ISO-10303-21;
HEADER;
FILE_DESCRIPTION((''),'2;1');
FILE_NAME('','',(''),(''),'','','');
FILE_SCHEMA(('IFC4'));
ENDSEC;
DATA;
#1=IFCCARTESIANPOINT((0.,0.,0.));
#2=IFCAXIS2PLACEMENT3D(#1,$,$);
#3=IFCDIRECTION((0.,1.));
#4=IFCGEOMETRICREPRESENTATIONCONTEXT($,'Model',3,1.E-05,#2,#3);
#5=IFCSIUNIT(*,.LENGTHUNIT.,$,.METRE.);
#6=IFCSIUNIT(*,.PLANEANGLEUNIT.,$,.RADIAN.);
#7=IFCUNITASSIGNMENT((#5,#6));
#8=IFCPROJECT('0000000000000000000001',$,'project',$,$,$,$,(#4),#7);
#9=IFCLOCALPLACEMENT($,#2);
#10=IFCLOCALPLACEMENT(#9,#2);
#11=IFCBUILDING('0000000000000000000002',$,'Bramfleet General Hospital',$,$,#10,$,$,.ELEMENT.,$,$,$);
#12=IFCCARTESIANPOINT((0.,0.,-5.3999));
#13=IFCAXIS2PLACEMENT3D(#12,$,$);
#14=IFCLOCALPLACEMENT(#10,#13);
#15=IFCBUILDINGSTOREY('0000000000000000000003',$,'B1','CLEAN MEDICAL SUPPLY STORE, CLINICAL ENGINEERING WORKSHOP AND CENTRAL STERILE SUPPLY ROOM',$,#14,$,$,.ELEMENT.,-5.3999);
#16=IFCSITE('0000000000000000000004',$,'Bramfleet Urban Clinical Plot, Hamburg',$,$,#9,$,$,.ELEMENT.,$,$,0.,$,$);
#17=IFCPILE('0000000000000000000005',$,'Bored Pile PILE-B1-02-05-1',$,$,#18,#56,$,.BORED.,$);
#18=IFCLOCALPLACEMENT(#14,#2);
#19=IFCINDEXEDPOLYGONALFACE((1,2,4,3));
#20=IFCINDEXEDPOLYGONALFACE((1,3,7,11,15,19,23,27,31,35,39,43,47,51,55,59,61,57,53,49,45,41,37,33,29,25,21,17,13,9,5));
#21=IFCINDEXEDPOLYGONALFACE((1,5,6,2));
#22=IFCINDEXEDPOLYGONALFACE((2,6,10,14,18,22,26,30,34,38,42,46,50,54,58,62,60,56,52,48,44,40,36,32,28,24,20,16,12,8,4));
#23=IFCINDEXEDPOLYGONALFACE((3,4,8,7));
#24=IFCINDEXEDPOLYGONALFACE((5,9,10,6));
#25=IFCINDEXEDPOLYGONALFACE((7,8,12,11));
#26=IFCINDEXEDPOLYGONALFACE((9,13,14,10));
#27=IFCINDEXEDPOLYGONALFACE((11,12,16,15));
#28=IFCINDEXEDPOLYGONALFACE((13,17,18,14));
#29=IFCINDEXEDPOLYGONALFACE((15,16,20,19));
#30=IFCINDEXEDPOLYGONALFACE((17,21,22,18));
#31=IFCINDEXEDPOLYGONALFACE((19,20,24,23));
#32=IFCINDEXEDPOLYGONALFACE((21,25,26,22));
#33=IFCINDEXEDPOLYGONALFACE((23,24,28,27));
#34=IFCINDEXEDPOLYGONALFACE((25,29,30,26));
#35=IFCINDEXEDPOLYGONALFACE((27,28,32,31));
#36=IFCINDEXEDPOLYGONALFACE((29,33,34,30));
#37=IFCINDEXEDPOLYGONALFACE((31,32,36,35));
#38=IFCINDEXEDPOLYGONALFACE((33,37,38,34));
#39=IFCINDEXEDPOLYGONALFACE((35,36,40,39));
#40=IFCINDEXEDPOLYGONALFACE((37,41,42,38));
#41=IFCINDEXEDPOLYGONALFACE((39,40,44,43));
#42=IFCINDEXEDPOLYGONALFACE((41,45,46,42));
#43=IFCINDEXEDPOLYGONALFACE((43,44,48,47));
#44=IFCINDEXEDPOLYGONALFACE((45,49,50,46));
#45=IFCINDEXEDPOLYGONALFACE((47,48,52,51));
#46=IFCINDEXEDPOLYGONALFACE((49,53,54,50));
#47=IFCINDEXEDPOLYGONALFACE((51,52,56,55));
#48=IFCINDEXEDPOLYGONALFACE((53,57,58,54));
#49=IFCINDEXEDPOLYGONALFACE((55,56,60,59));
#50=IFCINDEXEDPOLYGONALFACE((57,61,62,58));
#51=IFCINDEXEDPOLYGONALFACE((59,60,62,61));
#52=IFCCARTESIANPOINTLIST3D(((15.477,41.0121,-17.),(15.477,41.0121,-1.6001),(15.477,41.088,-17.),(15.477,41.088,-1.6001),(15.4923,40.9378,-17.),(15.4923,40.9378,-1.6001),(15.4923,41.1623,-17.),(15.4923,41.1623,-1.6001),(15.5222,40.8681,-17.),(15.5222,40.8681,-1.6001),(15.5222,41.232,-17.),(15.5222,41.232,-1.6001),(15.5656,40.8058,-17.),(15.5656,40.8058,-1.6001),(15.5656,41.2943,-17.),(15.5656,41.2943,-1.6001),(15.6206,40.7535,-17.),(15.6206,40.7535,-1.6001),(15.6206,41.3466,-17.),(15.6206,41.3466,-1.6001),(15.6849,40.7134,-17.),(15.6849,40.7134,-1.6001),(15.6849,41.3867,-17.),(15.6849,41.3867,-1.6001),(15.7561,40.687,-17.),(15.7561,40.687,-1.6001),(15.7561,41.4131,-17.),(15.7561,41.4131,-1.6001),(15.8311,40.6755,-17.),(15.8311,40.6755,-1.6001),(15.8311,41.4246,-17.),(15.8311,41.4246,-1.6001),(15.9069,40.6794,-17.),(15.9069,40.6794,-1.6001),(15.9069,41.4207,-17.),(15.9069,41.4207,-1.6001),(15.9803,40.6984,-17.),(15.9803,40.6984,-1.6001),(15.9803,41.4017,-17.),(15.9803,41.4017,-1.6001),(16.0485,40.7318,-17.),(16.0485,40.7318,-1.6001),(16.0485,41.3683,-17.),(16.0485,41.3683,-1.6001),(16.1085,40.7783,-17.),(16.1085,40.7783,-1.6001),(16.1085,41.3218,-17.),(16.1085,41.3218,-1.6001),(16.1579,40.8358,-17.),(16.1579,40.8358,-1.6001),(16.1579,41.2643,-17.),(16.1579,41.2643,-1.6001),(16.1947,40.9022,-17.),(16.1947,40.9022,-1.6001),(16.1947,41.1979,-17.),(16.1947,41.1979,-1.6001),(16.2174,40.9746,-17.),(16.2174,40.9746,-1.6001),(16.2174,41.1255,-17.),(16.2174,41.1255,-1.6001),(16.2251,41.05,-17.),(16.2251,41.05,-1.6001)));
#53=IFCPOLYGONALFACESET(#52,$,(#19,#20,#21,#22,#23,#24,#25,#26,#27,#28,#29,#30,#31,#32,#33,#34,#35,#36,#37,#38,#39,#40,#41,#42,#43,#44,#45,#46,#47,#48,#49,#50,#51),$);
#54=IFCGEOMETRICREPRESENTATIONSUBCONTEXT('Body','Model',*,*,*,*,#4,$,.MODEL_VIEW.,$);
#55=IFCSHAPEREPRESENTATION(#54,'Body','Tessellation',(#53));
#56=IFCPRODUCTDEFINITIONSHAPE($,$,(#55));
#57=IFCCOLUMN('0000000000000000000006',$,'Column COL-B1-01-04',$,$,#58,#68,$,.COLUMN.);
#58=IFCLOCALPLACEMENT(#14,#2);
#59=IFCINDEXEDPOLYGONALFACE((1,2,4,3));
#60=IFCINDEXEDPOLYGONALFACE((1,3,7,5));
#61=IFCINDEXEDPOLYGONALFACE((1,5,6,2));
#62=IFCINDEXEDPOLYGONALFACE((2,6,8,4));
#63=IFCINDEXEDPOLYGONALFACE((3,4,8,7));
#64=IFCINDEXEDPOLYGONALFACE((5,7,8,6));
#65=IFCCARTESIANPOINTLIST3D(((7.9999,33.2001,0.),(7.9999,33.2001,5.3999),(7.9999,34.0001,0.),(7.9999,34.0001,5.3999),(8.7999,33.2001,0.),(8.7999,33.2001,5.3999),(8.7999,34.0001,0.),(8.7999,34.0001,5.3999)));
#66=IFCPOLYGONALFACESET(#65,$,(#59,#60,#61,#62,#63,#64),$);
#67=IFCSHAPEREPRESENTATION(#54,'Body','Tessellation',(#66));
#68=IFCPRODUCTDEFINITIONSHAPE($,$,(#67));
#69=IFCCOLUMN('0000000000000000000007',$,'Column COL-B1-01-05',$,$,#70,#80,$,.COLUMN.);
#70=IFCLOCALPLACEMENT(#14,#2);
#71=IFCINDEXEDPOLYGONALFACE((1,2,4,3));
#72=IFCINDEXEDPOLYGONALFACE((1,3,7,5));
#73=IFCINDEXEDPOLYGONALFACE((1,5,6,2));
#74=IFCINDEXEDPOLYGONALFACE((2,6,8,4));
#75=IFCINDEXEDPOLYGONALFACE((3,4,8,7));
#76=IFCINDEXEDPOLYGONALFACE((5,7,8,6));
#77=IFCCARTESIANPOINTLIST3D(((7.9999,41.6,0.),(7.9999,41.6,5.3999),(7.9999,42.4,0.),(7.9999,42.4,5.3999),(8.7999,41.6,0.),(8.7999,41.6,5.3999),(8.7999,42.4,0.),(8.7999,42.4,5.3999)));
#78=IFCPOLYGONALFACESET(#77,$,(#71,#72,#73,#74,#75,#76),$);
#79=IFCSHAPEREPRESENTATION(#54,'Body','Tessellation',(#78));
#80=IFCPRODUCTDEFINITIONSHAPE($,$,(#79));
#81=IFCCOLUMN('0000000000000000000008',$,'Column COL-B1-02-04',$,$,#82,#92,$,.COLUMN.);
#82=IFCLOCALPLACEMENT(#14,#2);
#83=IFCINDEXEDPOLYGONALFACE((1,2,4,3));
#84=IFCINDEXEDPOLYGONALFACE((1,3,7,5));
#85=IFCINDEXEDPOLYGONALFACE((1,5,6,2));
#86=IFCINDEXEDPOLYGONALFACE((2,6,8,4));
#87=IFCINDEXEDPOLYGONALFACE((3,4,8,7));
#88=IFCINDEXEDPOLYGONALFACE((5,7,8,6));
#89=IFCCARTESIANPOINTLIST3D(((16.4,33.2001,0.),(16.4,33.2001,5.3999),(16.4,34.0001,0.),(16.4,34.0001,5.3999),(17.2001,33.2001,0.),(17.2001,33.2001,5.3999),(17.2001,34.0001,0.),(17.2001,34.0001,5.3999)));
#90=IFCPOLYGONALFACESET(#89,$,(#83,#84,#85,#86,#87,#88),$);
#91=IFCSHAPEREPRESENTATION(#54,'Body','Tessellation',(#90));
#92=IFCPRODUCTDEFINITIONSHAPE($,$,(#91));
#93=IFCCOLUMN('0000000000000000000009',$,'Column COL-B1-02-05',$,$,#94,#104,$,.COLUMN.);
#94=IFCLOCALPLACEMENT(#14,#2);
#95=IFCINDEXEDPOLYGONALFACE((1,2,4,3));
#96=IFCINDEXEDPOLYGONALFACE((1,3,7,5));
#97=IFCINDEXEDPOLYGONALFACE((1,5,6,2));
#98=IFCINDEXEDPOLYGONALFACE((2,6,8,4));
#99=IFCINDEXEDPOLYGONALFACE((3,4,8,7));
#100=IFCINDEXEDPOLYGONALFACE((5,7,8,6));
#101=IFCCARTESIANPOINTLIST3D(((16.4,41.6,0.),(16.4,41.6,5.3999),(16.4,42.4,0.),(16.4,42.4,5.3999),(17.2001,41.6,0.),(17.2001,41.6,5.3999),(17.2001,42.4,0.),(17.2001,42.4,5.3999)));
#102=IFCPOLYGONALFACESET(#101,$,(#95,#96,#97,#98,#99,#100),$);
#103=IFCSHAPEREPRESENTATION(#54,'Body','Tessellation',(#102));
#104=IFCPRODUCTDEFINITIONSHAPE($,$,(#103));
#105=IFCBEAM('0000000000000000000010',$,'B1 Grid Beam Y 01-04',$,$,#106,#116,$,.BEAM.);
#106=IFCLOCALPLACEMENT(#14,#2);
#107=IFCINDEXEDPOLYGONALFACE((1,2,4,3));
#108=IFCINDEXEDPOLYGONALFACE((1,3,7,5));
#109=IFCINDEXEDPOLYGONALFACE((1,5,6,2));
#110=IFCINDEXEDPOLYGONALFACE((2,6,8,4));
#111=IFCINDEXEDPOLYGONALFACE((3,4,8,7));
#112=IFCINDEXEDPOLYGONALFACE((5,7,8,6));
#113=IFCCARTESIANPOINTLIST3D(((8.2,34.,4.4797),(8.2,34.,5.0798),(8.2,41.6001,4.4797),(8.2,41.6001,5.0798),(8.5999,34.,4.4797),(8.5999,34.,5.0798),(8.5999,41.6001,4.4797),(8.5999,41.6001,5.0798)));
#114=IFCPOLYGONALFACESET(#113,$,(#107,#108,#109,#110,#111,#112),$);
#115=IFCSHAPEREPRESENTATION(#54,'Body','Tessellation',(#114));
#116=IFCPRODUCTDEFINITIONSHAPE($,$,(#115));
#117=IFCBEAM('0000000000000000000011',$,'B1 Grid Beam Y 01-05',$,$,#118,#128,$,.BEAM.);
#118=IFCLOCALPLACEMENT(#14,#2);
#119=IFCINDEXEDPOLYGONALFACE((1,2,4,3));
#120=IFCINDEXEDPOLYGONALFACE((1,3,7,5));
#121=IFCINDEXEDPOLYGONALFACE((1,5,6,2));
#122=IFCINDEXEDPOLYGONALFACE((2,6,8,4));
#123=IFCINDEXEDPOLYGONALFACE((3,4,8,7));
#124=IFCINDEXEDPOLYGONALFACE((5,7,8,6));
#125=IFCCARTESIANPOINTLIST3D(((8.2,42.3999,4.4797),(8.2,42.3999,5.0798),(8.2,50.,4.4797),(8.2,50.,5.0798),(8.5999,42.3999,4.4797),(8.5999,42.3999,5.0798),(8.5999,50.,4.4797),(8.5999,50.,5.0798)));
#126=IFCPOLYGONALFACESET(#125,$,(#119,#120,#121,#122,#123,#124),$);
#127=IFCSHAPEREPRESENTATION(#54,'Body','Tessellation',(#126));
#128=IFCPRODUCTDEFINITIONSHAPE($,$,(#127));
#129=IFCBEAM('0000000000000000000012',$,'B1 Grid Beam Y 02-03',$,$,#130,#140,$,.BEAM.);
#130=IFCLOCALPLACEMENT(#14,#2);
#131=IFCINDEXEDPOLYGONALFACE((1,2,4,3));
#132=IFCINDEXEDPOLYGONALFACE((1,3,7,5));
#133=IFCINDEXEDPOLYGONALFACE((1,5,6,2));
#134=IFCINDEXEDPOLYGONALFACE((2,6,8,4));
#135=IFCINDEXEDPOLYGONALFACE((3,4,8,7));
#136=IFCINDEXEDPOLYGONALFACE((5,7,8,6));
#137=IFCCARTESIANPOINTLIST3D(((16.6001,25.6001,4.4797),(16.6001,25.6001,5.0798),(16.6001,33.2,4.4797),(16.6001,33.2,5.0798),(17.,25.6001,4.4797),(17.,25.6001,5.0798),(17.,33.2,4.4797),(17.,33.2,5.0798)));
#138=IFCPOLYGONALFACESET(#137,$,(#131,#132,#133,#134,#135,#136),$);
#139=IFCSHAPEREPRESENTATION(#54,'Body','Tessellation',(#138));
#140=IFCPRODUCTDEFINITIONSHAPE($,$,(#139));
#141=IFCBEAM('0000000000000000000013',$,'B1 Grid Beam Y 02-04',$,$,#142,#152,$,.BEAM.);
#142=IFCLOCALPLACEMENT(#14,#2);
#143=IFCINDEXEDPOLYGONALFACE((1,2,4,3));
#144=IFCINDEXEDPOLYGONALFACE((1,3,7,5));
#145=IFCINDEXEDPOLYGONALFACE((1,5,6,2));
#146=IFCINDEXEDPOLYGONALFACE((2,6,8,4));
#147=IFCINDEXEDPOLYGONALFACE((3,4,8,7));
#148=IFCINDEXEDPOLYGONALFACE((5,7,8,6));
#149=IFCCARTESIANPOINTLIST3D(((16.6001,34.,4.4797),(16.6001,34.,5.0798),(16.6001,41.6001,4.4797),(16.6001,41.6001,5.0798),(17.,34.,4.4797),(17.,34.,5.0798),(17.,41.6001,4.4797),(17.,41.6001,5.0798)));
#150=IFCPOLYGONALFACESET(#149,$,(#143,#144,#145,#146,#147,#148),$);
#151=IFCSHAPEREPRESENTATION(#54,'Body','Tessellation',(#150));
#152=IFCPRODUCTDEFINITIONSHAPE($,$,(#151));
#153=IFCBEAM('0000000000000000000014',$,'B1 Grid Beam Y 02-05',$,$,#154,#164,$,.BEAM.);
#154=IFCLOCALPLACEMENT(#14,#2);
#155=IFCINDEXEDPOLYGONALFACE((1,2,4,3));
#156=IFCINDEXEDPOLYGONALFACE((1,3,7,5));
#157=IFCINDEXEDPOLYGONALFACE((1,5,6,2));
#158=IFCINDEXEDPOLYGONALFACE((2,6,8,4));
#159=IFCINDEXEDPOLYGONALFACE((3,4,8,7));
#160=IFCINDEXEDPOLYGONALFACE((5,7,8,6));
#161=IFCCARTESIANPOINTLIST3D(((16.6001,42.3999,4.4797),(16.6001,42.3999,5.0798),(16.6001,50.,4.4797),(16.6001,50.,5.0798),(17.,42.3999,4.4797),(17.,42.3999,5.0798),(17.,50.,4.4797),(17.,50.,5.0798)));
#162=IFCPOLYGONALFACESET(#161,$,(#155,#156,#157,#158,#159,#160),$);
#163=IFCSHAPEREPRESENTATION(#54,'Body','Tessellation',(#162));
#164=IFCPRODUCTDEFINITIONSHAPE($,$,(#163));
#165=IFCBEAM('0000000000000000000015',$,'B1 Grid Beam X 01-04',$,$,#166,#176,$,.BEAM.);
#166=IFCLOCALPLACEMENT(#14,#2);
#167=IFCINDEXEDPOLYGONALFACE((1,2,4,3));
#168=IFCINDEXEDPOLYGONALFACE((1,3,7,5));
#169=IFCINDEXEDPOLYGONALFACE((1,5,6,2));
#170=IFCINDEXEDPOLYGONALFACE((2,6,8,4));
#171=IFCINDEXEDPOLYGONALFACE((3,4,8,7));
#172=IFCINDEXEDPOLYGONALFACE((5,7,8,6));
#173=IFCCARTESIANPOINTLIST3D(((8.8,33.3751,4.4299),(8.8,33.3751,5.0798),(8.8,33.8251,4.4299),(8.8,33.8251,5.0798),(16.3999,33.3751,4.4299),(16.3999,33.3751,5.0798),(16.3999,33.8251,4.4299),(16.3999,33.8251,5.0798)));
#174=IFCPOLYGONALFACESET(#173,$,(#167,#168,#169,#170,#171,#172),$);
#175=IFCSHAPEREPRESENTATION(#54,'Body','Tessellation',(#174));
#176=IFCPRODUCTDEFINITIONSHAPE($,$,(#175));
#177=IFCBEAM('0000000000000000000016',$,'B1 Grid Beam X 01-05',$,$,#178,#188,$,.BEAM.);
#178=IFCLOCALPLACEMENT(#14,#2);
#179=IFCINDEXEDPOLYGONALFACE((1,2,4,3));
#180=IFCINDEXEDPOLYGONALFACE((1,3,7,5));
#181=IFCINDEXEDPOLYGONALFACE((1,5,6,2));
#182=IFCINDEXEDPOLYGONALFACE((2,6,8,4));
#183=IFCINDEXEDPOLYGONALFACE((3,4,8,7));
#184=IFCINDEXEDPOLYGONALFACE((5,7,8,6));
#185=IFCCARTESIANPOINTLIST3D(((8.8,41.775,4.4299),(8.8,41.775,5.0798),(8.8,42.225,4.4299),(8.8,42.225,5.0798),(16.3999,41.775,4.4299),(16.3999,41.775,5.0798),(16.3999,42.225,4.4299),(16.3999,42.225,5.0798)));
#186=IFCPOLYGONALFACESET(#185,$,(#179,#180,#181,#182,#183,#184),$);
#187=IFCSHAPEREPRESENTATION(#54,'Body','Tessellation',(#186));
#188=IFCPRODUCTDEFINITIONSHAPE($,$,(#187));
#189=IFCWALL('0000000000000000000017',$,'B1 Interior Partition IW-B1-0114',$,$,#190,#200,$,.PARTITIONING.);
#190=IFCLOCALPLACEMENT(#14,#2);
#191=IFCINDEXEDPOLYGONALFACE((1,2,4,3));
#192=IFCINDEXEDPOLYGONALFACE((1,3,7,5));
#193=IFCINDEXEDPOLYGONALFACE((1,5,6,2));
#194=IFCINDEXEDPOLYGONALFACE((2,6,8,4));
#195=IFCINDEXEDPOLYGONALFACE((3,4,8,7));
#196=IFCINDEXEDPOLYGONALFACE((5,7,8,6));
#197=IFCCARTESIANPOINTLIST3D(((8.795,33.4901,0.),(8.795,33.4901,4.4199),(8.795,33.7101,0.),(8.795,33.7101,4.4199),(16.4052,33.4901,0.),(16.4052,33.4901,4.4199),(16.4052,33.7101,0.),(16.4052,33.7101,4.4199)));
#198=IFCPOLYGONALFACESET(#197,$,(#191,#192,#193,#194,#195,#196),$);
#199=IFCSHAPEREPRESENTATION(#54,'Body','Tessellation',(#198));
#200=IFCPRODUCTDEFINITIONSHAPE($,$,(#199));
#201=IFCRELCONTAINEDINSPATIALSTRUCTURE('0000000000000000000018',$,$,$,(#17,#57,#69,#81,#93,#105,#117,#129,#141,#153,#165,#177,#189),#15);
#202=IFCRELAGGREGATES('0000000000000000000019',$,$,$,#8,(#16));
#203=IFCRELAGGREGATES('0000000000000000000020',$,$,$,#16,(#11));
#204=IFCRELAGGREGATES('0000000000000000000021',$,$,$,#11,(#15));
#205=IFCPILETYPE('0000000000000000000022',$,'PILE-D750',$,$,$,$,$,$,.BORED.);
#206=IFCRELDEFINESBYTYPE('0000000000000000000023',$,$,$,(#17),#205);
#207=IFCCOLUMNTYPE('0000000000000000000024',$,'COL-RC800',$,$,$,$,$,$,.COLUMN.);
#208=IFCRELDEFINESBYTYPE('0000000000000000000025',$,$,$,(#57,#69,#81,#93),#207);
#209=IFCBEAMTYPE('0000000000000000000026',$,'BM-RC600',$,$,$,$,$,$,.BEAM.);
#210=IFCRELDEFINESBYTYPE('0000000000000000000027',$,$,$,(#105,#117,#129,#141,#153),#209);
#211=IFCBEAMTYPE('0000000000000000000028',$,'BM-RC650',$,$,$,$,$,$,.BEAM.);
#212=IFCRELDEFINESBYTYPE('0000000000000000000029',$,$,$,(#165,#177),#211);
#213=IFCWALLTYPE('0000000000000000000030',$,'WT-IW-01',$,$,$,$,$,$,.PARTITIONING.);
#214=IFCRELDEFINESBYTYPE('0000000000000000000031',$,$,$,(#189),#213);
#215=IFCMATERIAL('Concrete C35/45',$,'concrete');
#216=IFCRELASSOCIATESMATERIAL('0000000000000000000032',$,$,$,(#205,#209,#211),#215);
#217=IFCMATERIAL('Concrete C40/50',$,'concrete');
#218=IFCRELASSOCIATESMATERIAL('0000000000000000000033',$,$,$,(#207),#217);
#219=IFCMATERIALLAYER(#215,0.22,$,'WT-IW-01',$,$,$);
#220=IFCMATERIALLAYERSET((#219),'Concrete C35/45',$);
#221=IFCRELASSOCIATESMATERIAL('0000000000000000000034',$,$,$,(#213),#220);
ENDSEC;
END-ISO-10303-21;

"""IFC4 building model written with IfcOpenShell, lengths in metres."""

from ifc_helpers import new_model, si_unit, direction, frame, frame_2d, origin, origin_2d, place, context, subcontext, project, spatial, rectangle, circle, extrude, material, layer, layer_set, material_profile, profile_set, type_object, element, save


model = new_model("IFC4")

# Units and contexts
model_context = context("Model", 3, precision=1e-05, world=origin(), true_north=direction((0.0, 1.0)))
body_context = subcontext(model_context, "Body", "Model", "MODEL_VIEW")
ifc_project = project(units=[si_unit("LENGTHUNIT", "METRE"), si_unit("PLANEANGLEUNIT", "RADIAN")], contexts=[model_context])

# Site, building, storey
site_placement = place(None, origin())
site = spatial("IfcSite", under=ifc_project, at=site_placement, Name="Bramfleet Urban Clinical Plot, Hamburg", CompositionType="ELEMENT", RefElevation=0.0)
building_placement = place(site_placement, origin())
building = spatial("IfcBuilding", under=site, at=building_placement, Name="Bramfleet General Hospital", CompositionType="ELEMENT")
storey_placement = place(building_placement, frame((0.0, 0.0, -5.3999)))
storey = spatial("IfcBuildingStorey", under=building, at=storey_placement, Name="B1", Description="CLEAN MEDICAL SUPPLY STORE, CLINICAL ENGINEERING WORKSHOP AND CENTRAL STERILE SUPPLY ROOM", CompositionType="ELEMENT", Elevation=-5.3999)

# Shared definitions
ifc_material_1 = material(Name="Concrete C35/45", Category="concrete")

# Pile
ifc_material_profile_1 = material_profile(ifc_material_1, circle(Radius=0.375, at=origin_2d()), Name="PILE BORED D750")
ifc_profile_set_1 = profile_set([ifc_material_profile_1], Name="Concrete C35/45")
pile_type = type_object("IfcPileType", Name="PILE-D750", PredefinedType="BORED", material=ifc_profile_set_1)
for number, where, z_axis, x_axis, name in (
    (1, (15.8501, 41.05, -1.6001), (0.0, 0.0, -1.0), (1.0, 0.0, 0.0), "Bored Pile PILE-B1-02-05-1"),
):
    element("IfcPile", number, at=place(storey_placement, frame(where, z_axis=z_axis, x_axis=x_axis)), inside=storey, type_object=pile_type, Name=name, PredefinedType="BORED", context=body_context, shape_type="SweptSolid", body=[
        extrude(circle(Radius=0.375, at=origin_2d()), origin(), (0.0, 0.0, 1.0), 15.3999),
    ])

# Columns
ifc_material_2 = material(Name="Concrete C40/50", Category="concrete")
ifc_material_profile_2 = material_profile(ifc_material_2, rectangle(XDim=0.8, YDim=0.8, at=origin_2d()), Name="RC COL 800x800")
ifc_profile_set_2 = profile_set([ifc_material_profile_2], Name="Concrete C40/50")
column_type = type_object("IfcColumnType", Name="COL-RC800", PredefinedType="COLUMN", material=ifc_profile_set_2)
for number, where, z_axis, x_axis, name in (
    (2, (8.3999, 33.6001, 0.0), (0.0, 0.0, 1.0), (1.0, 0.0, 0.0), "Column COL-B1-01-04"),
    (3, (8.3999, 42.0, 0.0), (0.0, 0.0, 1.0), (1.0, 0.0, 0.0), "Column COL-B1-01-05"),
    (4, (16.8, 33.6001, 0.0), (0.0, 0.0, 1.0), (1.0, 0.0, 0.0), "Column COL-B1-02-04"),
    (5, (16.8, 42.0, 0.0), (0.0, 0.0, 1.0), (1.0, 0.0, 0.0), "Column COL-B1-02-05"),
):
    element("IfcColumn", number, at=place(storey_placement, frame(where, z_axis=z_axis, x_axis=x_axis)), inside=storey, type_object=column_type, Name=name, PredefinedType="COLUMN", context=body_context, shape_type="SweptSolid", body=[
        extrude(rectangle(XDim=0.8, YDim=0.8, at=origin_2d()), origin(), (0.0, 0.0, 1.0), 5.3999),
    ])

# Beams
ifc_material_profile_3 = material_profile(ifc_material_1, rectangle(XDim=0.3999, YDim=0.6001, at=origin_2d()), Name="RC BM 600x400")
ifc_profile_set_3 = profile_set([ifc_material_profile_3], Name="Concrete C35/45")
beam_type_1 = type_object("IfcBeamType", Name="BM-RC600", PredefinedType="BEAM", material=ifc_profile_set_3)
for number, where, z_axis, x_axis, name in (
    (6, (8.3999, 34.0, 4.7798), (0.0, 1.0, 0.0), (-1.0, 0.0, 0.0), "B1 Grid Beam Y 01-04"),
    (7, (8.3999, 42.3999, 4.7798), (0.0, 1.0, 0.0), (-1.0, 0.0, 0.0), "B1 Grid Beam Y 01-05"),
):
    element("IfcBeam", number, at=place(storey_placement, frame(where, z_axis=z_axis, x_axis=x_axis)), inside=storey, type_object=beam_type_1, Name=name, PredefinedType="BEAM", context=body_context, shape_type="SweptSolid", body=[
        extrude(rectangle(XDim=0.3999, YDim=0.6001, at=origin_2d()), origin(), (0.0, 0.0, 1.0), 7.6001),
    ])
beam_placement = place(storey_placement, frame((16.8, 25.6001, 4.7798), z_axis=(0.0, 1.0, 0.0), x_axis=(-1.0, 0.0, 0.0)))
element("IfcBeam", 8, at=beam_placement, inside=storey, type_object=beam_type_1, Name="B1 Grid Beam Y 02-03", PredefinedType="BEAM", context=body_context, shape_type="SweptSolid", body=[
    extrude(rectangle(XDim=0.3999, YDim=0.6001, at=origin_2d()), origin(), (0.0, 0.0, 1.0), 7.5999),
])
for number, where, z_axis, x_axis, name in (
    (9, (16.8, 34.0, 4.7798), (0.0, 1.0, 0.0), (-1.0, 0.0, 0.0), "B1 Grid Beam Y 02-04"),
    (10, (16.8, 42.3999, 4.7798), (0.0, 1.0, 0.0), (-1.0, 0.0, 0.0), "B1 Grid Beam Y 02-05"),
):
    element("IfcBeam", number, at=place(storey_placement, frame(where, z_axis=z_axis, x_axis=x_axis)), inside=storey, type_object=beam_type_1, Name=name, PredefinedType="BEAM", context=body_context, shape_type="SweptSolid", body=[
        extrude(rectangle(XDim=0.3999, YDim=0.6001, at=origin_2d()), origin(), (0.0, 0.0, 1.0), 7.6001),
    ])
ifc_material_profile_4 = material_profile(ifc_material_1, rectangle(XDim=0.45, YDim=0.6499, at=origin_2d()), Name="RC BM 650x450")
ifc_profile_set_4 = profile_set([ifc_material_profile_4], Name="Concrete C35/45")
beam_type_2 = type_object("IfcBeamType", Name="BM-RC650", PredefinedType="BEAM", material=ifc_profile_set_4)
for number, where, z_axis, x_axis, name in (
    (11, (8.8, 33.6001, 4.7549), (1.0, 0.0, 0.0), (0.0, 1.0, 0.0), "B1 Grid Beam X 01-04"),
    (12, (8.8, 42.0, 4.7549), (1.0, 0.0, 0.0), (0.0, 1.0, 0.0), "B1 Grid Beam X 01-05"),
):
    element("IfcBeam", number, at=place(storey_placement, frame(where, z_axis=z_axis, x_axis=x_axis)), inside=storey, type_object=beam_type_2, Name=name, PredefinedType="BEAM", context=body_context, shape_type="SweptSolid", body=[
        extrude(rectangle(XDim=0.45, YDim=0.6499, at=origin_2d()), origin(), (0.0, 0.0, 1.0), 7.5999),
    ])

# Wall
ifc_layer = layer(ifc_material_1, 0.22, Name="WT-IW-01")
ifc_layer_set = layer_set([ifc_layer], Name="Concrete C35/45")
wall_type = type_object("IfcWallType", Name="WT-IW-01", PredefinedType="PARTITIONING", material=ifc_layer_set)
wall_1_placement = place(storey_placement, frame((8.7949, 33.6001, 0.0), z_axis=(0.0, 0.0, 1.0), x_axis=(1.0, 0.0, 0.0)))
element("IfcWall", 13, at=wall_1_placement, inside=storey, type_object=wall_type, Name="B1 Interior Partition IW-B1-0114", PredefinedType="PARTITIONING", context=body_context, shape_type="SweptSolid", body=[
    extrude(rectangle(XDim=7.6101, YDim=0.22, at=frame_2d((3.8052, 0.0))), origin(), (0.0, 0.0, 1.0), 4.4199),
])

save(model, "model.ifc")
